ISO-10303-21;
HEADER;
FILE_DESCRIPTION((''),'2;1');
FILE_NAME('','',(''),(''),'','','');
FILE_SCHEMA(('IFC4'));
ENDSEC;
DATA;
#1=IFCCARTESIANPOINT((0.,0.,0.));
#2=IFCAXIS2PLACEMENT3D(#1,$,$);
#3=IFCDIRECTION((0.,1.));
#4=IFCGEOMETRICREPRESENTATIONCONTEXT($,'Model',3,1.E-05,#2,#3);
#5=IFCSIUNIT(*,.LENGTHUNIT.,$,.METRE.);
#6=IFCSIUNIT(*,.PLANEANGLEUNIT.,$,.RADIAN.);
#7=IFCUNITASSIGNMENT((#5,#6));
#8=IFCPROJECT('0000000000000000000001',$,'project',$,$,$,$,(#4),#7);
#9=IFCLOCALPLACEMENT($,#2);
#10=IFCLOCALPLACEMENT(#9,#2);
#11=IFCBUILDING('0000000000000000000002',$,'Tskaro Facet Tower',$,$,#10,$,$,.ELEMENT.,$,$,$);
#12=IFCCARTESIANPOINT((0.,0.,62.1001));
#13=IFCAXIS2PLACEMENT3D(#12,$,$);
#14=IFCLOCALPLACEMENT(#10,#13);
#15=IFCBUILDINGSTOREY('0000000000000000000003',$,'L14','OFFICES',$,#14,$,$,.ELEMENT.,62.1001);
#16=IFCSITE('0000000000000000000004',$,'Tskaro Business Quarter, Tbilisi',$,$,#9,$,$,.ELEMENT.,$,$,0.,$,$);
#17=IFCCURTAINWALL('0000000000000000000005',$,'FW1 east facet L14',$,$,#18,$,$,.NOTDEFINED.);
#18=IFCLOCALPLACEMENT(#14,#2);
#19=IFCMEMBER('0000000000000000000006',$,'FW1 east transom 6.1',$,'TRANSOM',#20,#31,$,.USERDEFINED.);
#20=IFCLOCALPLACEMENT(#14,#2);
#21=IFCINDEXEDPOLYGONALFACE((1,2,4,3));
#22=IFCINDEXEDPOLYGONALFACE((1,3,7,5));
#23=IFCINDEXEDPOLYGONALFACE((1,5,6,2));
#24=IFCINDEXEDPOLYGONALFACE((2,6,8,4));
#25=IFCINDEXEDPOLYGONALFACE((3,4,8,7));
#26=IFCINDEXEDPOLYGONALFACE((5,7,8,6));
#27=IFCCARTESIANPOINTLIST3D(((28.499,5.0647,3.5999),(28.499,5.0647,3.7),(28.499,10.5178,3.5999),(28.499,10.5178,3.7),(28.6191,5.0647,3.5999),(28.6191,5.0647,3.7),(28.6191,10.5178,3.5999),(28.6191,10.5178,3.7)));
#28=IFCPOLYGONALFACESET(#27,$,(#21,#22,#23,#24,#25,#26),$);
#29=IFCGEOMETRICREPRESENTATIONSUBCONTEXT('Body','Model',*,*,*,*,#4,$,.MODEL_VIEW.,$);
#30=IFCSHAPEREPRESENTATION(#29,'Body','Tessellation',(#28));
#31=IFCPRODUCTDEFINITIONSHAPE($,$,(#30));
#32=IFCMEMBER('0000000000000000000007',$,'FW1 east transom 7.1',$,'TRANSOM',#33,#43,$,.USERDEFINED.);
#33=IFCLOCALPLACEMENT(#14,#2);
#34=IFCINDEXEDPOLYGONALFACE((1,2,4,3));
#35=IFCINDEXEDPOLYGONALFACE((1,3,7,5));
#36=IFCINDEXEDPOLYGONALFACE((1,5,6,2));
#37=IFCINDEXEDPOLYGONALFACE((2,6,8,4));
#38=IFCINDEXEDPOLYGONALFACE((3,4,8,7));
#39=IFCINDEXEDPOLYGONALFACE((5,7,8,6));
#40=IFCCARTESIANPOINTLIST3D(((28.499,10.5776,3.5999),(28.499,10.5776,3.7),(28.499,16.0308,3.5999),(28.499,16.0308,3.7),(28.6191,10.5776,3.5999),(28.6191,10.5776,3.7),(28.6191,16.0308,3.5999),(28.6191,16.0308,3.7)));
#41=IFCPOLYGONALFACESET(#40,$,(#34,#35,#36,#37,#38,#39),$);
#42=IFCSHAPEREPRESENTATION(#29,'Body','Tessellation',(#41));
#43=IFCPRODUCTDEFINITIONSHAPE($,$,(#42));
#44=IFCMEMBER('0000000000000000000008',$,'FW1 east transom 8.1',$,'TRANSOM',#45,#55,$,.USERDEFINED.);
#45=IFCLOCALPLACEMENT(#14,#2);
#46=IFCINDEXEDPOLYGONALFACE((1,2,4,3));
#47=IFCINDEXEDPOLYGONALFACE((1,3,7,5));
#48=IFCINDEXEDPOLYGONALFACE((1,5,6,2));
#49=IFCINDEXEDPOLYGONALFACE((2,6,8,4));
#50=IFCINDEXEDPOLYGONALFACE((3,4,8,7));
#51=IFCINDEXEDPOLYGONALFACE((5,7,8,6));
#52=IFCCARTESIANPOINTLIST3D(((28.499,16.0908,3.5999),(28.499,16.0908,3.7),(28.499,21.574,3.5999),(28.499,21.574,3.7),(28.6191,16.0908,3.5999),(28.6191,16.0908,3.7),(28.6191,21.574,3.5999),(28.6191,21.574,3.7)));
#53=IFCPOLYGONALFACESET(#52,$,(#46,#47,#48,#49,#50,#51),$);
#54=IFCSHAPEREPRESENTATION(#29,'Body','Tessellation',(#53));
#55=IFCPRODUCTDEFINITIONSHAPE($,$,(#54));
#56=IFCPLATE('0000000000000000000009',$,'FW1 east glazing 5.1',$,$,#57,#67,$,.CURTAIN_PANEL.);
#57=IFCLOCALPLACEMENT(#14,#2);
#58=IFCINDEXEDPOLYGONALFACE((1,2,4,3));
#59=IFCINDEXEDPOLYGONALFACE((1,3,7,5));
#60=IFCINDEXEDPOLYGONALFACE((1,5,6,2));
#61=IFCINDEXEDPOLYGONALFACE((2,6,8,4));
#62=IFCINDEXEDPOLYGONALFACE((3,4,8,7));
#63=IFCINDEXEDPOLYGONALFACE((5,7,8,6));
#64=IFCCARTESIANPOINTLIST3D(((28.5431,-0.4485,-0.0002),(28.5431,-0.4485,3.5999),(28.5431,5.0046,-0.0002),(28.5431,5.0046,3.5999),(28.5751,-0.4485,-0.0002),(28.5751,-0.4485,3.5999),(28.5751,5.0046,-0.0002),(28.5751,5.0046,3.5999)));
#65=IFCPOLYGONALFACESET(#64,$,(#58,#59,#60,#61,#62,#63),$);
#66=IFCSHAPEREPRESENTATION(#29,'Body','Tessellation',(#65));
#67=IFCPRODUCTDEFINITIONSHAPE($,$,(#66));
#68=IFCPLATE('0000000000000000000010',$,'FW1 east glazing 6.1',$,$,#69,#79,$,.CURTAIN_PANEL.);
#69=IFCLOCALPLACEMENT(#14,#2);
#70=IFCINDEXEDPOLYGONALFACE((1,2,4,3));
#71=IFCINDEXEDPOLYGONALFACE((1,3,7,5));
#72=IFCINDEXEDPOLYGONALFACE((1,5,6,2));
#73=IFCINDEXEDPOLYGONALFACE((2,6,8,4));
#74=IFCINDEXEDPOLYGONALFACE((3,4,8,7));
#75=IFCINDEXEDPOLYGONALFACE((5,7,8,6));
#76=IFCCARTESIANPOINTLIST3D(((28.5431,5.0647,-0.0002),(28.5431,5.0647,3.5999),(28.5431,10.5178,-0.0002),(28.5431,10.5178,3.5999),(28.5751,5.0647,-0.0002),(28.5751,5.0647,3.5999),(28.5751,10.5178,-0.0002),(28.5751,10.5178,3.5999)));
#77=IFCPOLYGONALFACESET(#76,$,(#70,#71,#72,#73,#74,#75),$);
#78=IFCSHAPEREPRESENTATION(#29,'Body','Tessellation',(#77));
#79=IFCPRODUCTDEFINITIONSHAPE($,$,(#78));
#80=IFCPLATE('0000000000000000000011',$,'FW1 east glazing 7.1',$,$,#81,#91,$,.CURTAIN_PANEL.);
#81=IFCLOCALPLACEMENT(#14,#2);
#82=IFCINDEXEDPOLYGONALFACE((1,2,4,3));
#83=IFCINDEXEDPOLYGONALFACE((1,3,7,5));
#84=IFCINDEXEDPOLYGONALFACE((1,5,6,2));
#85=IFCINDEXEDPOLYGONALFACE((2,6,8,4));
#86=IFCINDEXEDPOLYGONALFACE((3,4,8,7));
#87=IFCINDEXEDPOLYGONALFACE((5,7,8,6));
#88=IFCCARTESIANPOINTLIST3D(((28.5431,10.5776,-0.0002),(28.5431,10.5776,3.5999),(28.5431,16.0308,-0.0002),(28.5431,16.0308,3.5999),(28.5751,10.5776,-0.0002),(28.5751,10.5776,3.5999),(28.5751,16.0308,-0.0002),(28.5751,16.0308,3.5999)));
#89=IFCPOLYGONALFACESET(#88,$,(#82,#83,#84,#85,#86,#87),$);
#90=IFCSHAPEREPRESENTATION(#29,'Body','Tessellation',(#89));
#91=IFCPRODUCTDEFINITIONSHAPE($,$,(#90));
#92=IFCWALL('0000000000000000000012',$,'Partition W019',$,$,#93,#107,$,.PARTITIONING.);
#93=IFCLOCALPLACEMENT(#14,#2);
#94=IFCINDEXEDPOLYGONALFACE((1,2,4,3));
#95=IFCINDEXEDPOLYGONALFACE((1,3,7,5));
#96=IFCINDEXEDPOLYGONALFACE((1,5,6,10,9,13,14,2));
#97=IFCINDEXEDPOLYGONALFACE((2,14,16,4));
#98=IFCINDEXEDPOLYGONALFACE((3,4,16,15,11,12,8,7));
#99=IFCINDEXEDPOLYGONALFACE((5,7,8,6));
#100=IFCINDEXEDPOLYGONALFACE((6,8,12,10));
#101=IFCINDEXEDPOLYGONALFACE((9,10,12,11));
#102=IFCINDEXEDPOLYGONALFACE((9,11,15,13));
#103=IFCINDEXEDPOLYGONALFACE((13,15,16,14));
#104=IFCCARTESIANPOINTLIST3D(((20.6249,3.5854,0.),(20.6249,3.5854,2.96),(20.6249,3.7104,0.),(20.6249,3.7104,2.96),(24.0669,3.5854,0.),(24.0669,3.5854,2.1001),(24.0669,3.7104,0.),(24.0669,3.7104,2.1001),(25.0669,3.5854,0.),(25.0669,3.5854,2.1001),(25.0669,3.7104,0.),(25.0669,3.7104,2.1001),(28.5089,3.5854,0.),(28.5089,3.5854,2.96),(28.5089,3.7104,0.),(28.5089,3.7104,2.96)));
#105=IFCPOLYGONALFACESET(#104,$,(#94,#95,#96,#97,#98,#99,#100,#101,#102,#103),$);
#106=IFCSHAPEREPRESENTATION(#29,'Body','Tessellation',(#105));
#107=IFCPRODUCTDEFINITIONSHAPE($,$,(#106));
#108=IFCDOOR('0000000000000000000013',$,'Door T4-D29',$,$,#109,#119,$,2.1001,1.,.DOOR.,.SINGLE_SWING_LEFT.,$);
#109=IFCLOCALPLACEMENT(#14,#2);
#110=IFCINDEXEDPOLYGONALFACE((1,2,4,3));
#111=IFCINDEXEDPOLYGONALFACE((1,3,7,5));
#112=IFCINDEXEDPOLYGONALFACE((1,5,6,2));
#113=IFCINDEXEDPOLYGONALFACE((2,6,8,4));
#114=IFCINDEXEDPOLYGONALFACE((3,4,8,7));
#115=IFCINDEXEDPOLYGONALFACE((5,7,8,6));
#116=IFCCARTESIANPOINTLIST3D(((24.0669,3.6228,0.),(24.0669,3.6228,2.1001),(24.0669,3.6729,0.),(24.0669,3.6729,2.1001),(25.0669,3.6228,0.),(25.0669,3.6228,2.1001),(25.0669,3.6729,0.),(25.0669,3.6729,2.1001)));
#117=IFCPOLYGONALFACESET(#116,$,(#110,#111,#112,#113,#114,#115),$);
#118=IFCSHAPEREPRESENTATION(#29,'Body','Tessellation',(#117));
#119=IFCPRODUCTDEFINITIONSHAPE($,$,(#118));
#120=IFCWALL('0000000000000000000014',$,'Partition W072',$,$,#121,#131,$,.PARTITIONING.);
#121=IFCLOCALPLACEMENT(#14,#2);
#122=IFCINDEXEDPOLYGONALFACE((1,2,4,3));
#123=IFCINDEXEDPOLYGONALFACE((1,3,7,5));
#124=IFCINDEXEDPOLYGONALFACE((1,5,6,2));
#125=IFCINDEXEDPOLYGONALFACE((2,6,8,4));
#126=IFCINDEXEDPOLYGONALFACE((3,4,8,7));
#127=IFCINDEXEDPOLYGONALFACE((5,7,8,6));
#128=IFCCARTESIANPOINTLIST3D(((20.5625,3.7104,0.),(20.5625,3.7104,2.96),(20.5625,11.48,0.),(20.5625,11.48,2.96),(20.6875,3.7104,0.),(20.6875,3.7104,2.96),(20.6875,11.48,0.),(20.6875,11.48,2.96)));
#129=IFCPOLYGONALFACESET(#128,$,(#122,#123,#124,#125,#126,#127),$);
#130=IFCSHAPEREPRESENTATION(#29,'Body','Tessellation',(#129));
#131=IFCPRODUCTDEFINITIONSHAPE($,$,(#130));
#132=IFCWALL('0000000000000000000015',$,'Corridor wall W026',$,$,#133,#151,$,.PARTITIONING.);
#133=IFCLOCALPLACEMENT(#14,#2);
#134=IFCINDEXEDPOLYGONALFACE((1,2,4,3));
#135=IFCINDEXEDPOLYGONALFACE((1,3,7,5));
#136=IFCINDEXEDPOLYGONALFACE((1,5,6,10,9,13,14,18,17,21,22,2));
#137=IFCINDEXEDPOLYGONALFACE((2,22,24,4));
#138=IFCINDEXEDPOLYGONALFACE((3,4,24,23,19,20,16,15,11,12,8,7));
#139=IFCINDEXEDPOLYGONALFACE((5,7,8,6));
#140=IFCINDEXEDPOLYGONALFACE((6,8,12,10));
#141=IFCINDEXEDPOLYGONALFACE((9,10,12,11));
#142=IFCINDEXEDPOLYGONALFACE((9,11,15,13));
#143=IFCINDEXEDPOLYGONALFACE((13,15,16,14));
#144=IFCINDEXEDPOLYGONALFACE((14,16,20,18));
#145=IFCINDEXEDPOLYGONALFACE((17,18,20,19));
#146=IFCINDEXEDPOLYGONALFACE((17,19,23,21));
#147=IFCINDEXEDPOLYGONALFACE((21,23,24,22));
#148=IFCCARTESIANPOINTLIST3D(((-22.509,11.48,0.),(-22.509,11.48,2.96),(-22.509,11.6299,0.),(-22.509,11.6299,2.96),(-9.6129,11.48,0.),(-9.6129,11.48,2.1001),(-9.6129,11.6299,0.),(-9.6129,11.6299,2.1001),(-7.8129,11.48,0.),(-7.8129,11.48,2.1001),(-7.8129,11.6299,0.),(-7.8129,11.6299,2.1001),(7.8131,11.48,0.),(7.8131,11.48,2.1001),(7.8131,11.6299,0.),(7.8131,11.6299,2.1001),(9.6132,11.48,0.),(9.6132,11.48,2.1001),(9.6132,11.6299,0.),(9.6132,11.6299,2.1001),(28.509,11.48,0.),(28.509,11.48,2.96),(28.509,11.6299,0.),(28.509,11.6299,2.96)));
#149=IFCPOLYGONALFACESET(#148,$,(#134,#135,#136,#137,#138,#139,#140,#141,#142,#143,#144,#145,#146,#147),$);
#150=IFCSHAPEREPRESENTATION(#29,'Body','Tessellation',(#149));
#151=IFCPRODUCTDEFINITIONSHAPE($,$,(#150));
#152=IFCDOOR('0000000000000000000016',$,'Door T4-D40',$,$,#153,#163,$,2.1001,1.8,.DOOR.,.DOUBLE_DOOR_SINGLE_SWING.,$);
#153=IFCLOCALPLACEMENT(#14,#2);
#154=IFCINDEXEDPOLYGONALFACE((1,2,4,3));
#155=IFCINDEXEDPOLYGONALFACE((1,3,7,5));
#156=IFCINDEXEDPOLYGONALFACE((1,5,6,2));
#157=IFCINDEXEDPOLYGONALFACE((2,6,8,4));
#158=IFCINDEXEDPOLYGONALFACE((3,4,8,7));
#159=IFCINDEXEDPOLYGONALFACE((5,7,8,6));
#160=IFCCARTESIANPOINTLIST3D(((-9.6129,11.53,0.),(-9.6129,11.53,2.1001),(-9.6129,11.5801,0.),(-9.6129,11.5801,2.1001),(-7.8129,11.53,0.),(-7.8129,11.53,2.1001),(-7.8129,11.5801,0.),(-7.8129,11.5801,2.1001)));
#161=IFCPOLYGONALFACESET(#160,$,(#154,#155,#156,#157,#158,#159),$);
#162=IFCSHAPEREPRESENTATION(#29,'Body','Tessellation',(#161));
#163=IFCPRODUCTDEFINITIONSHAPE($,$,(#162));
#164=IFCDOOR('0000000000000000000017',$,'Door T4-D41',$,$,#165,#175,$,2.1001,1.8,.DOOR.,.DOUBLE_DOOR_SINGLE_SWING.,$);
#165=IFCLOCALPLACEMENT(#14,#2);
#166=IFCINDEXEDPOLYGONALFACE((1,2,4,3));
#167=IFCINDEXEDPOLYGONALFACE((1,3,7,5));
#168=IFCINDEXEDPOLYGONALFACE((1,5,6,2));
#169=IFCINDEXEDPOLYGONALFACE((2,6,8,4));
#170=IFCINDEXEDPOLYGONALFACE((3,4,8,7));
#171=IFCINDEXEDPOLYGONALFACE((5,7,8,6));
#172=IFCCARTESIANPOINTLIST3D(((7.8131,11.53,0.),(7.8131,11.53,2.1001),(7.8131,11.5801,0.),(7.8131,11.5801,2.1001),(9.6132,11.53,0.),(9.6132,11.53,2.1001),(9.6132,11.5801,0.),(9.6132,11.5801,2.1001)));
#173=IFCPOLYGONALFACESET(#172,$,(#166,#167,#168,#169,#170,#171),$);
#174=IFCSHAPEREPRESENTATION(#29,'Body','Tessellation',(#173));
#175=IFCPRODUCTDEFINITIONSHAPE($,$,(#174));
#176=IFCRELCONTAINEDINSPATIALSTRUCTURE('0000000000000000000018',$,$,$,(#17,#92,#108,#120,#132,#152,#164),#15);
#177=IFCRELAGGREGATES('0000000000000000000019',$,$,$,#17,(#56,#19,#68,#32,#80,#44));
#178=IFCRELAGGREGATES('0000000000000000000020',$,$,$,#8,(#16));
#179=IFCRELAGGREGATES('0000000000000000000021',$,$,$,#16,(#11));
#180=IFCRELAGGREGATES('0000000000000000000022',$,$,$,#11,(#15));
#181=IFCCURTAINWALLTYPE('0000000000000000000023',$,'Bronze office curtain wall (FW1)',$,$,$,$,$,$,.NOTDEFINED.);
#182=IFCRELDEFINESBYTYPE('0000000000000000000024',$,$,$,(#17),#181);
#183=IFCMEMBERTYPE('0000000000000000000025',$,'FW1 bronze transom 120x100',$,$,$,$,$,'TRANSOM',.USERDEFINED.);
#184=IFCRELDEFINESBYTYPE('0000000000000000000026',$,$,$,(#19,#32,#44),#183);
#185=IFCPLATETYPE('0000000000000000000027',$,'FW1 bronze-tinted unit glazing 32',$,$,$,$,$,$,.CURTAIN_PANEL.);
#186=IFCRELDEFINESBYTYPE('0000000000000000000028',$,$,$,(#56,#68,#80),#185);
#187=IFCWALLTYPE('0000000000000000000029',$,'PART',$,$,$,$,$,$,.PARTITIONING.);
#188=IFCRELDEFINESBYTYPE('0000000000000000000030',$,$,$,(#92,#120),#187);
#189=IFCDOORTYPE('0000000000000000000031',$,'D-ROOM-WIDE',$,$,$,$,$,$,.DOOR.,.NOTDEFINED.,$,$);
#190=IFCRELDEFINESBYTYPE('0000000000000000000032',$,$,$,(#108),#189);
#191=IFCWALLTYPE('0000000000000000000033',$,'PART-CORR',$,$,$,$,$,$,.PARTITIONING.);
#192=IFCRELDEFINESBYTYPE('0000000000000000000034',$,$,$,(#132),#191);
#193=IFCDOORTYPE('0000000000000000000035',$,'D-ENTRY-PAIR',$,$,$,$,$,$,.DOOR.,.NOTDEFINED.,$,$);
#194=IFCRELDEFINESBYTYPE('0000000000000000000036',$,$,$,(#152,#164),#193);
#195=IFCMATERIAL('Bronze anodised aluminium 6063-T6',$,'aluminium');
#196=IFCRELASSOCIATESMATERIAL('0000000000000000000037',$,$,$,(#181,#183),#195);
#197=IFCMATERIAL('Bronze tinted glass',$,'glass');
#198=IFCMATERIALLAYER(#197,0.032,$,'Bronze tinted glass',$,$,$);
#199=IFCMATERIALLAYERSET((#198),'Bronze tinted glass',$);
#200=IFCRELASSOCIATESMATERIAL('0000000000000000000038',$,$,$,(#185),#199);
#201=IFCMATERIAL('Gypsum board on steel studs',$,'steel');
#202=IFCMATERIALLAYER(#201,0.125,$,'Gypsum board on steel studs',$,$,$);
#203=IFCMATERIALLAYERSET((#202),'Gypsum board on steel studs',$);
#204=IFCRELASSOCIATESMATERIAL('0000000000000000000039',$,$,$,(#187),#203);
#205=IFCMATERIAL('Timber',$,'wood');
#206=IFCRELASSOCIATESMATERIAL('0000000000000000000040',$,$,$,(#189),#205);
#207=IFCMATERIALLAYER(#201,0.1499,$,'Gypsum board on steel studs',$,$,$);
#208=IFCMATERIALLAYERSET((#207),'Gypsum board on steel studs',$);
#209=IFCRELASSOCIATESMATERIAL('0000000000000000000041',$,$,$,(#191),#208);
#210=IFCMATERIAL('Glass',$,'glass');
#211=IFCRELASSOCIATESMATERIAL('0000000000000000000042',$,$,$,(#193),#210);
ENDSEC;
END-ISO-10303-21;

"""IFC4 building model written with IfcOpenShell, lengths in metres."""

from ifc_helpers import new_model, si_unit, direction, frame, frame_2d, origin, origin_2d, place, context, subcontext, project, spatial, rectangle, extrude, material, layer, layer_set, material_profile, profile_set, type_object, element, fill, aggregate, save


model = new_model("IFC4")

# Units and contexts
model_context = context("Model", 3, precision=1e-05, world=origin(), true_north=direction((0.0, 1.0)))
body_context = subcontext(model_context, "Body", "Model", "MODEL_VIEW")
ifc_project = project(units=[si_unit("LENGTHUNIT", "METRE"), si_unit("PLANEANGLEUNIT", "RADIAN")], contexts=[model_context])

# Site, building, storey
site_placement = place(None, origin())
site = spatial("IfcSite", under=ifc_project, at=site_placement, Name="Tskaro Business Quarter, Tbilisi", CompositionType="ELEMENT", RefElevation=0.0)
building_placement = place(site_placement, origin())
building = spatial("IfcBuilding", under=site, at=building_placement, Name="Tskaro Facet Tower", CompositionType="ELEMENT")
storey_placement = place(building_placement, frame((0.0, 0.0, 62.1001)))
storey = spatial("IfcBuildingStorey", under=building, at=storey_placement, Name="L14", Description="OFFICES", CompositionType="ELEMENT", Elevation=62.1001)

# Curtain wall, members, plates
ifc_material_1 = material(Name="Bronze anodised aluminium 6063-T6", Category="aluminium")
curtain_wall_type = type_object("IfcCurtainWallType", Name="Bronze office curtain wall (FW1)", PredefinedType="NOTDEFINED", material=ifc_material_1)
curtain_wall_placement = place(storey_placement, origin())
curtain_wall = element("IfcCurtainWall", 1, at=curtain_wall_placement, inside=storey, type_object=curtain_wall_type, Name="FW1 east facet L14", PredefinedType="NOTDEFINED")
ifc_material_profile_1 = material_profile(ifc_material_1, rectangle(XDim=0.1201, YDim=0.1001, at=origin_2d()), Name="Transom 120x100")
ifc_profile_set_1 = profile_set([ifc_material_profile_1], Name="Bronze anodised aluminium 6063-T6")
member_type_1 = type_object("IfcMemberType", Name="FW1 bronze transom 120x100", ElementType="TRANSOM", PredefinedType="USERDEFINED", material=ifc_profile_set_1)
member_1_placement = place(storey_placement, frame((28.5591, 5.0647, 3.6499), z_axis=(0.0, 1.0, 0.0), x_axis=(-1.0, 0.0, 0.0)))
member_1 = element("IfcMember", 2, at=member_1_placement, type_object=member_type_1, Name="FW1 east transom 6.1", ObjectType="TRANSOM", PredefinedType="USERDEFINED", context=body_context, shape_type="SweptSolid", body=[
    extrude(rectangle(XDim=0.1201, YDim=0.1001, at=origin_2d()), origin(), (0.0, 0.0, 1.0), 5.4531),
])
member_2_placement = place(storey_placement, frame((28.5591, 10.5776, 3.6499), z_axis=(0.0, 1.0, 0.0), x_axis=(-1.0, 0.0, 0.0)))
member_2 = element("IfcMember", 3, at=member_2_placement, type_object=member_type_1, Name="FW1 east transom 7.1", ObjectType="TRANSOM", PredefinedType="USERDEFINED", context=body_context, shape_type="SweptSolid", body=[
    extrude(rectangle(XDim=0.1201, YDim=0.1001, at=origin_2d()), origin(), (0.0, 0.0, 1.0), 5.4531),
])
member_3_placement = place(storey_placement, frame((28.5591, 16.0908, 3.6499), z_axis=(0.0, 1.0, 0.0), x_axis=(-1.0, 0.0, 0.0)))
member_3 = element("IfcMember", 4, at=member_3_placement, type_object=member_type_1, Name="FW1 east transom 8.1", ObjectType="TRANSOM", PredefinedType="USERDEFINED", context=body_context, shape_type="SweptSolid", body=[
    extrude(rectangle(XDim=0.1201, YDim=0.1001, at=origin_2d()), origin(), (0.0, 0.0, 1.0), 5.4832),
])
ifc_material_2 = material(Name="Bronze tinted glass", Category="glass")
ifc_layer_1 = layer(ifc_material_2, 0.032, Name="Bronze tinted glass")
ifc_layer_set_1 = layer_set([ifc_layer_1], Name="Bronze tinted glass")
plate_type = type_object("IfcPlateType", Name="FW1 bronze-tinted unit glazing 32", PredefinedType="CURTAIN_PANEL", material=ifc_layer_set_1)
plate_1_placement = place(storey_placement, frame((28.5591, 2.2781, -0.0002), z_axis=(0.0, 0.0, 1.0), x_axis=(0.0, 1.0, 0.0)))
plate_1 = element("IfcPlate", 5, at=plate_1_placement, type_object=plate_type, Name="FW1 east glazing 5.1", PredefinedType="CURTAIN_PANEL", context=body_context, shape_type="SweptSolid", body=[
    extrude(rectangle(XDim=5.4531, YDim=0.032, at=origin_2d()), origin(), (0.0, 0.0, 1.0), 3.6001),
])
plate_2_placement = place(storey_placement, frame((28.5591, 7.7913, -0.0002), z_axis=(0.0, 0.0, 1.0), x_axis=(0.0, 1.0, 0.0)))
plate_2 = element("IfcPlate", 6, at=plate_2_placement, type_object=plate_type, Name="FW1 east glazing 6.1", PredefinedType="CURTAIN_PANEL", context=body_context, shape_type="SweptSolid", body=[
    extrude(rectangle(XDim=5.4531, YDim=0.032, at=origin_2d()), origin(), (0.0, 0.0, 1.0), 3.6001),
])
plate_3_placement = place(storey_placement, frame((28.5591, 13.3042, -0.0002), z_axis=(0.0, 0.0, 1.0), x_axis=(0.0, 1.0, 0.0)))
plate_3 = element("IfcPlate", 7, at=plate_3_placement, type_object=plate_type, Name="FW1 east glazing 7.1", PredefinedType="CURTAIN_PANEL", context=body_context, shape_type="SweptSolid", body=[
    extrude(rectangle(XDim=5.4531, YDim=0.032, at=origin_2d()), origin(), (0.0, 0.0, 1.0), 3.6001),
])
aggregate(curtain_wall, [plate_1, member_1, plate_2, member_2, plate_3, member_3])

# Wall, opening, door
ifc_material_3 = material(Name="Gypsum board on steel studs", Category="steel")
ifc_layer_2 = layer(ifc_material_3, 0.125, Name="Gypsum board on steel studs")
ifc_layer_set_2 = layer_set([ifc_layer_2], Name="Gypsum board on steel studs")
wall_type_1 = type_object("IfcWallType", Name="PART", PredefinedType="PARTITIONING", material=ifc_layer_set_2)
wall_1_placement = place(storey_placement, frame((20.625, 3.6479, 0.0), z_axis=(0.0, 0.0, 1.0), x_axis=(1.0, 0.0, 0.0)))
wall_1 = element("IfcWall", 8, at=wall_1_placement, inside=storey, type_object=wall_type_1, Name="Partition W019", PredefinedType="PARTITIONING", context=body_context, shape_type="SweptSolid", body=[
    extrude(rectangle(XDim=7.884, YDim=0.125, at=frame_2d((3.9419, 0.0))), origin(), (0.0, 0.0, 1.0), 2.96),
])
opening_1_placement = place(wall_1_placement, frame((3.4419, 0.0, 0.0)))
opening_1 = element("IfcOpeningElement", 9, at=opening_1_placement, cuts=wall_1, PredefinedType="OPENING", context=body_context, shape_type="SweptSolid", body=[
    extrude(rectangle(XDim=1.0, YDim=2.1001, at=frame_2d((0.5, 1.05))), frame((0.0, 0.0725, 0.0), z_axis=(0.0, -1.0, 0.0), x_axis=(1.0, 0.0, 0.0)), (0.0, 0.0, 1.0), 0.145),
])
ifc_material_4 = material(Name="Timber", Category="wood")
door_type_1 = type_object("IfcDoorType", Name="D-ROOM-WIDE", OperationType="NOTDEFINED", PredefinedType="DOOR", material=ifc_material_4)
door_1_placement = place(opening_1_placement, origin())
door_1 = element("IfcDoor", 10, at=door_1_placement, inside=storey, type_object=door_type_1, Name="Door T4-D29", OperationType="SINGLE_SWING_LEFT", OverallHeight=2.1001, OverallWidth=1.0, PredefinedType="DOOR", context=body_context, shape_type="SweptSolid", body=[
    extrude(rectangle(XDim=1.0, YDim=2.1001, at=frame_2d((0.5, 1.05))), frame((0.0, 0.0249, 0.0), z_axis=(0.0, -1.0, 0.0), x_axis=(1.0, 0.0, 0.0)), (0.0, 0.0, 1.0), 0.05),
])
fill(opening_1, door_1)

# Wall
wall_2_placement = place(storey_placement, frame((20.625, 3.7104, 0.0), z_axis=(0.0, 0.0, 1.0), x_axis=(0.0, 1.0, 0.0)))
element("IfcWall", 11, at=wall_2_placement, inside=storey, type_object=wall_type_1, Name="Partition W072", PredefinedType="PARTITIONING", context=body_context, shape_type="SweptSolid", body=[
    extrude(rectangle(XDim=7.7695, YDim=0.125, at=frame_2d((3.8848, 0.0))), origin(), (0.0, 0.0, 1.0), 2.96),
])

# Wall, openings, doors
ifc_layer_3 = layer(ifc_material_3, 0.1499, Name="Gypsum board on steel studs")
ifc_layer_set_3 = layer_set([ifc_layer_3], Name="Gypsum board on steel studs")
wall_type_2 = type_object("IfcWallType", Name="PART-CORR", PredefinedType="PARTITIONING", material=ifc_layer_set_3)
wall_3_placement = place(storey_placement, frame((28.509, 11.5549, 0.0), z_axis=(0.0, 0.0, 1.0), x_axis=(-1.0, 0.0, 0.0)))
wall_3 = element("IfcWall", 12, at=wall_3_placement, inside=storey, type_object=wall_type_2, Name="Corridor wall W026", PredefinedType="PARTITIONING", context=body_context, shape_type="SweptSolid", body=[
    extrude(rectangle(XDim=51.0181, YDim=0.1499, at=frame_2d((25.509, 0.0))), origin(), (0.0, 0.0, 1.0), 2.96),
])
opening_2_placement = place(wall_3_placement, frame((36.322, 0.0, 0.0)))
opening_2 = element("IfcOpeningElement", 13, at=opening_2_placement, cuts=wall_3, PredefinedType="OPENING", context=body_context, shape_type="SweptSolid", body=[
    extrude(rectangle(XDim=1.8, YDim=2.1001, at=frame_2d((0.8999, 1.05))), frame((0.0, 0.085, 0.0), z_axis=(0.0, -1.0, 0.0), x_axis=(1.0, 0.0, 0.0)), (0.0, 0.0, 1.0), 0.1699),
])
opening_3_placement = place(wall_3_placement, frame((18.896, 0.0, 0.0)))
opening_3 = element("IfcOpeningElement", 14, at=opening_3_placement, cuts=wall_3, PredefinedType="OPENING", context=body_context, shape_type="SweptSolid", body=[
    extrude(rectangle(XDim=1.8, YDim=2.1001, at=frame_2d((0.8999, 1.05))), frame((0.0, 0.085, 0.0), z_axis=(0.0, -1.0, 0.0), x_axis=(1.0, 0.0, 0.0)), (0.0, 0.0, 1.0), 0.1699),
])
ifc_material_5 = material(Name="Glass", Category="glass")
door_type_2 = type_object("IfcDoorType", Name="D-ENTRY-PAIR", OperationType="NOTDEFINED", PredefinedType="DOOR", material=ifc_material_5)
door_2_placement = place(opening_2_placement, origin())
door_2 = element("IfcDoor", 15, at=door_2_placement, inside=storey, type_object=door_type_2, Name="Door T4-D40", OperationType="DOUBLE_DOOR_SINGLE_SWING", OverallHeight=2.1001, OverallWidth=1.8, PredefinedType="DOOR", context=body_context, shape_type="SweptSolid", body=[
    extrude(rectangle(XDim=1.8, YDim=2.1001, at=frame_2d((0.8999, 1.05))), frame((0.0, 0.0249, 0.0), z_axis=(0.0, -1.0, 0.0), x_axis=(1.0, 0.0, 0.0)), (0.0, 0.0, 1.0), 0.05),
])
fill(opening_2, door_2)
door_3_placement = place(opening_3_placement, origin())
door_3 = element("IfcDoor", 16, at=door_3_placement, inside=storey, type_object=door_type_2, Name="Door T4-D41", OperationType="DOUBLE_DOOR_SINGLE_SWING", OverallHeight=2.1001, OverallWidth=1.8, PredefinedType="DOOR", context=body_context, shape_type="SweptSolid", body=[
    extrude(rectangle(XDim=1.8, YDim=2.1001, at=frame_2d((0.8999, 1.05))), frame((0.0, 0.0249, 0.0), z_axis=(0.0, -1.0, 0.0), x_axis=(1.0, 0.0, 0.0)), (0.0, 0.0, 1.0), 0.05),
])
fill(opening_3, door_3)

save(model, "model.ifc")
